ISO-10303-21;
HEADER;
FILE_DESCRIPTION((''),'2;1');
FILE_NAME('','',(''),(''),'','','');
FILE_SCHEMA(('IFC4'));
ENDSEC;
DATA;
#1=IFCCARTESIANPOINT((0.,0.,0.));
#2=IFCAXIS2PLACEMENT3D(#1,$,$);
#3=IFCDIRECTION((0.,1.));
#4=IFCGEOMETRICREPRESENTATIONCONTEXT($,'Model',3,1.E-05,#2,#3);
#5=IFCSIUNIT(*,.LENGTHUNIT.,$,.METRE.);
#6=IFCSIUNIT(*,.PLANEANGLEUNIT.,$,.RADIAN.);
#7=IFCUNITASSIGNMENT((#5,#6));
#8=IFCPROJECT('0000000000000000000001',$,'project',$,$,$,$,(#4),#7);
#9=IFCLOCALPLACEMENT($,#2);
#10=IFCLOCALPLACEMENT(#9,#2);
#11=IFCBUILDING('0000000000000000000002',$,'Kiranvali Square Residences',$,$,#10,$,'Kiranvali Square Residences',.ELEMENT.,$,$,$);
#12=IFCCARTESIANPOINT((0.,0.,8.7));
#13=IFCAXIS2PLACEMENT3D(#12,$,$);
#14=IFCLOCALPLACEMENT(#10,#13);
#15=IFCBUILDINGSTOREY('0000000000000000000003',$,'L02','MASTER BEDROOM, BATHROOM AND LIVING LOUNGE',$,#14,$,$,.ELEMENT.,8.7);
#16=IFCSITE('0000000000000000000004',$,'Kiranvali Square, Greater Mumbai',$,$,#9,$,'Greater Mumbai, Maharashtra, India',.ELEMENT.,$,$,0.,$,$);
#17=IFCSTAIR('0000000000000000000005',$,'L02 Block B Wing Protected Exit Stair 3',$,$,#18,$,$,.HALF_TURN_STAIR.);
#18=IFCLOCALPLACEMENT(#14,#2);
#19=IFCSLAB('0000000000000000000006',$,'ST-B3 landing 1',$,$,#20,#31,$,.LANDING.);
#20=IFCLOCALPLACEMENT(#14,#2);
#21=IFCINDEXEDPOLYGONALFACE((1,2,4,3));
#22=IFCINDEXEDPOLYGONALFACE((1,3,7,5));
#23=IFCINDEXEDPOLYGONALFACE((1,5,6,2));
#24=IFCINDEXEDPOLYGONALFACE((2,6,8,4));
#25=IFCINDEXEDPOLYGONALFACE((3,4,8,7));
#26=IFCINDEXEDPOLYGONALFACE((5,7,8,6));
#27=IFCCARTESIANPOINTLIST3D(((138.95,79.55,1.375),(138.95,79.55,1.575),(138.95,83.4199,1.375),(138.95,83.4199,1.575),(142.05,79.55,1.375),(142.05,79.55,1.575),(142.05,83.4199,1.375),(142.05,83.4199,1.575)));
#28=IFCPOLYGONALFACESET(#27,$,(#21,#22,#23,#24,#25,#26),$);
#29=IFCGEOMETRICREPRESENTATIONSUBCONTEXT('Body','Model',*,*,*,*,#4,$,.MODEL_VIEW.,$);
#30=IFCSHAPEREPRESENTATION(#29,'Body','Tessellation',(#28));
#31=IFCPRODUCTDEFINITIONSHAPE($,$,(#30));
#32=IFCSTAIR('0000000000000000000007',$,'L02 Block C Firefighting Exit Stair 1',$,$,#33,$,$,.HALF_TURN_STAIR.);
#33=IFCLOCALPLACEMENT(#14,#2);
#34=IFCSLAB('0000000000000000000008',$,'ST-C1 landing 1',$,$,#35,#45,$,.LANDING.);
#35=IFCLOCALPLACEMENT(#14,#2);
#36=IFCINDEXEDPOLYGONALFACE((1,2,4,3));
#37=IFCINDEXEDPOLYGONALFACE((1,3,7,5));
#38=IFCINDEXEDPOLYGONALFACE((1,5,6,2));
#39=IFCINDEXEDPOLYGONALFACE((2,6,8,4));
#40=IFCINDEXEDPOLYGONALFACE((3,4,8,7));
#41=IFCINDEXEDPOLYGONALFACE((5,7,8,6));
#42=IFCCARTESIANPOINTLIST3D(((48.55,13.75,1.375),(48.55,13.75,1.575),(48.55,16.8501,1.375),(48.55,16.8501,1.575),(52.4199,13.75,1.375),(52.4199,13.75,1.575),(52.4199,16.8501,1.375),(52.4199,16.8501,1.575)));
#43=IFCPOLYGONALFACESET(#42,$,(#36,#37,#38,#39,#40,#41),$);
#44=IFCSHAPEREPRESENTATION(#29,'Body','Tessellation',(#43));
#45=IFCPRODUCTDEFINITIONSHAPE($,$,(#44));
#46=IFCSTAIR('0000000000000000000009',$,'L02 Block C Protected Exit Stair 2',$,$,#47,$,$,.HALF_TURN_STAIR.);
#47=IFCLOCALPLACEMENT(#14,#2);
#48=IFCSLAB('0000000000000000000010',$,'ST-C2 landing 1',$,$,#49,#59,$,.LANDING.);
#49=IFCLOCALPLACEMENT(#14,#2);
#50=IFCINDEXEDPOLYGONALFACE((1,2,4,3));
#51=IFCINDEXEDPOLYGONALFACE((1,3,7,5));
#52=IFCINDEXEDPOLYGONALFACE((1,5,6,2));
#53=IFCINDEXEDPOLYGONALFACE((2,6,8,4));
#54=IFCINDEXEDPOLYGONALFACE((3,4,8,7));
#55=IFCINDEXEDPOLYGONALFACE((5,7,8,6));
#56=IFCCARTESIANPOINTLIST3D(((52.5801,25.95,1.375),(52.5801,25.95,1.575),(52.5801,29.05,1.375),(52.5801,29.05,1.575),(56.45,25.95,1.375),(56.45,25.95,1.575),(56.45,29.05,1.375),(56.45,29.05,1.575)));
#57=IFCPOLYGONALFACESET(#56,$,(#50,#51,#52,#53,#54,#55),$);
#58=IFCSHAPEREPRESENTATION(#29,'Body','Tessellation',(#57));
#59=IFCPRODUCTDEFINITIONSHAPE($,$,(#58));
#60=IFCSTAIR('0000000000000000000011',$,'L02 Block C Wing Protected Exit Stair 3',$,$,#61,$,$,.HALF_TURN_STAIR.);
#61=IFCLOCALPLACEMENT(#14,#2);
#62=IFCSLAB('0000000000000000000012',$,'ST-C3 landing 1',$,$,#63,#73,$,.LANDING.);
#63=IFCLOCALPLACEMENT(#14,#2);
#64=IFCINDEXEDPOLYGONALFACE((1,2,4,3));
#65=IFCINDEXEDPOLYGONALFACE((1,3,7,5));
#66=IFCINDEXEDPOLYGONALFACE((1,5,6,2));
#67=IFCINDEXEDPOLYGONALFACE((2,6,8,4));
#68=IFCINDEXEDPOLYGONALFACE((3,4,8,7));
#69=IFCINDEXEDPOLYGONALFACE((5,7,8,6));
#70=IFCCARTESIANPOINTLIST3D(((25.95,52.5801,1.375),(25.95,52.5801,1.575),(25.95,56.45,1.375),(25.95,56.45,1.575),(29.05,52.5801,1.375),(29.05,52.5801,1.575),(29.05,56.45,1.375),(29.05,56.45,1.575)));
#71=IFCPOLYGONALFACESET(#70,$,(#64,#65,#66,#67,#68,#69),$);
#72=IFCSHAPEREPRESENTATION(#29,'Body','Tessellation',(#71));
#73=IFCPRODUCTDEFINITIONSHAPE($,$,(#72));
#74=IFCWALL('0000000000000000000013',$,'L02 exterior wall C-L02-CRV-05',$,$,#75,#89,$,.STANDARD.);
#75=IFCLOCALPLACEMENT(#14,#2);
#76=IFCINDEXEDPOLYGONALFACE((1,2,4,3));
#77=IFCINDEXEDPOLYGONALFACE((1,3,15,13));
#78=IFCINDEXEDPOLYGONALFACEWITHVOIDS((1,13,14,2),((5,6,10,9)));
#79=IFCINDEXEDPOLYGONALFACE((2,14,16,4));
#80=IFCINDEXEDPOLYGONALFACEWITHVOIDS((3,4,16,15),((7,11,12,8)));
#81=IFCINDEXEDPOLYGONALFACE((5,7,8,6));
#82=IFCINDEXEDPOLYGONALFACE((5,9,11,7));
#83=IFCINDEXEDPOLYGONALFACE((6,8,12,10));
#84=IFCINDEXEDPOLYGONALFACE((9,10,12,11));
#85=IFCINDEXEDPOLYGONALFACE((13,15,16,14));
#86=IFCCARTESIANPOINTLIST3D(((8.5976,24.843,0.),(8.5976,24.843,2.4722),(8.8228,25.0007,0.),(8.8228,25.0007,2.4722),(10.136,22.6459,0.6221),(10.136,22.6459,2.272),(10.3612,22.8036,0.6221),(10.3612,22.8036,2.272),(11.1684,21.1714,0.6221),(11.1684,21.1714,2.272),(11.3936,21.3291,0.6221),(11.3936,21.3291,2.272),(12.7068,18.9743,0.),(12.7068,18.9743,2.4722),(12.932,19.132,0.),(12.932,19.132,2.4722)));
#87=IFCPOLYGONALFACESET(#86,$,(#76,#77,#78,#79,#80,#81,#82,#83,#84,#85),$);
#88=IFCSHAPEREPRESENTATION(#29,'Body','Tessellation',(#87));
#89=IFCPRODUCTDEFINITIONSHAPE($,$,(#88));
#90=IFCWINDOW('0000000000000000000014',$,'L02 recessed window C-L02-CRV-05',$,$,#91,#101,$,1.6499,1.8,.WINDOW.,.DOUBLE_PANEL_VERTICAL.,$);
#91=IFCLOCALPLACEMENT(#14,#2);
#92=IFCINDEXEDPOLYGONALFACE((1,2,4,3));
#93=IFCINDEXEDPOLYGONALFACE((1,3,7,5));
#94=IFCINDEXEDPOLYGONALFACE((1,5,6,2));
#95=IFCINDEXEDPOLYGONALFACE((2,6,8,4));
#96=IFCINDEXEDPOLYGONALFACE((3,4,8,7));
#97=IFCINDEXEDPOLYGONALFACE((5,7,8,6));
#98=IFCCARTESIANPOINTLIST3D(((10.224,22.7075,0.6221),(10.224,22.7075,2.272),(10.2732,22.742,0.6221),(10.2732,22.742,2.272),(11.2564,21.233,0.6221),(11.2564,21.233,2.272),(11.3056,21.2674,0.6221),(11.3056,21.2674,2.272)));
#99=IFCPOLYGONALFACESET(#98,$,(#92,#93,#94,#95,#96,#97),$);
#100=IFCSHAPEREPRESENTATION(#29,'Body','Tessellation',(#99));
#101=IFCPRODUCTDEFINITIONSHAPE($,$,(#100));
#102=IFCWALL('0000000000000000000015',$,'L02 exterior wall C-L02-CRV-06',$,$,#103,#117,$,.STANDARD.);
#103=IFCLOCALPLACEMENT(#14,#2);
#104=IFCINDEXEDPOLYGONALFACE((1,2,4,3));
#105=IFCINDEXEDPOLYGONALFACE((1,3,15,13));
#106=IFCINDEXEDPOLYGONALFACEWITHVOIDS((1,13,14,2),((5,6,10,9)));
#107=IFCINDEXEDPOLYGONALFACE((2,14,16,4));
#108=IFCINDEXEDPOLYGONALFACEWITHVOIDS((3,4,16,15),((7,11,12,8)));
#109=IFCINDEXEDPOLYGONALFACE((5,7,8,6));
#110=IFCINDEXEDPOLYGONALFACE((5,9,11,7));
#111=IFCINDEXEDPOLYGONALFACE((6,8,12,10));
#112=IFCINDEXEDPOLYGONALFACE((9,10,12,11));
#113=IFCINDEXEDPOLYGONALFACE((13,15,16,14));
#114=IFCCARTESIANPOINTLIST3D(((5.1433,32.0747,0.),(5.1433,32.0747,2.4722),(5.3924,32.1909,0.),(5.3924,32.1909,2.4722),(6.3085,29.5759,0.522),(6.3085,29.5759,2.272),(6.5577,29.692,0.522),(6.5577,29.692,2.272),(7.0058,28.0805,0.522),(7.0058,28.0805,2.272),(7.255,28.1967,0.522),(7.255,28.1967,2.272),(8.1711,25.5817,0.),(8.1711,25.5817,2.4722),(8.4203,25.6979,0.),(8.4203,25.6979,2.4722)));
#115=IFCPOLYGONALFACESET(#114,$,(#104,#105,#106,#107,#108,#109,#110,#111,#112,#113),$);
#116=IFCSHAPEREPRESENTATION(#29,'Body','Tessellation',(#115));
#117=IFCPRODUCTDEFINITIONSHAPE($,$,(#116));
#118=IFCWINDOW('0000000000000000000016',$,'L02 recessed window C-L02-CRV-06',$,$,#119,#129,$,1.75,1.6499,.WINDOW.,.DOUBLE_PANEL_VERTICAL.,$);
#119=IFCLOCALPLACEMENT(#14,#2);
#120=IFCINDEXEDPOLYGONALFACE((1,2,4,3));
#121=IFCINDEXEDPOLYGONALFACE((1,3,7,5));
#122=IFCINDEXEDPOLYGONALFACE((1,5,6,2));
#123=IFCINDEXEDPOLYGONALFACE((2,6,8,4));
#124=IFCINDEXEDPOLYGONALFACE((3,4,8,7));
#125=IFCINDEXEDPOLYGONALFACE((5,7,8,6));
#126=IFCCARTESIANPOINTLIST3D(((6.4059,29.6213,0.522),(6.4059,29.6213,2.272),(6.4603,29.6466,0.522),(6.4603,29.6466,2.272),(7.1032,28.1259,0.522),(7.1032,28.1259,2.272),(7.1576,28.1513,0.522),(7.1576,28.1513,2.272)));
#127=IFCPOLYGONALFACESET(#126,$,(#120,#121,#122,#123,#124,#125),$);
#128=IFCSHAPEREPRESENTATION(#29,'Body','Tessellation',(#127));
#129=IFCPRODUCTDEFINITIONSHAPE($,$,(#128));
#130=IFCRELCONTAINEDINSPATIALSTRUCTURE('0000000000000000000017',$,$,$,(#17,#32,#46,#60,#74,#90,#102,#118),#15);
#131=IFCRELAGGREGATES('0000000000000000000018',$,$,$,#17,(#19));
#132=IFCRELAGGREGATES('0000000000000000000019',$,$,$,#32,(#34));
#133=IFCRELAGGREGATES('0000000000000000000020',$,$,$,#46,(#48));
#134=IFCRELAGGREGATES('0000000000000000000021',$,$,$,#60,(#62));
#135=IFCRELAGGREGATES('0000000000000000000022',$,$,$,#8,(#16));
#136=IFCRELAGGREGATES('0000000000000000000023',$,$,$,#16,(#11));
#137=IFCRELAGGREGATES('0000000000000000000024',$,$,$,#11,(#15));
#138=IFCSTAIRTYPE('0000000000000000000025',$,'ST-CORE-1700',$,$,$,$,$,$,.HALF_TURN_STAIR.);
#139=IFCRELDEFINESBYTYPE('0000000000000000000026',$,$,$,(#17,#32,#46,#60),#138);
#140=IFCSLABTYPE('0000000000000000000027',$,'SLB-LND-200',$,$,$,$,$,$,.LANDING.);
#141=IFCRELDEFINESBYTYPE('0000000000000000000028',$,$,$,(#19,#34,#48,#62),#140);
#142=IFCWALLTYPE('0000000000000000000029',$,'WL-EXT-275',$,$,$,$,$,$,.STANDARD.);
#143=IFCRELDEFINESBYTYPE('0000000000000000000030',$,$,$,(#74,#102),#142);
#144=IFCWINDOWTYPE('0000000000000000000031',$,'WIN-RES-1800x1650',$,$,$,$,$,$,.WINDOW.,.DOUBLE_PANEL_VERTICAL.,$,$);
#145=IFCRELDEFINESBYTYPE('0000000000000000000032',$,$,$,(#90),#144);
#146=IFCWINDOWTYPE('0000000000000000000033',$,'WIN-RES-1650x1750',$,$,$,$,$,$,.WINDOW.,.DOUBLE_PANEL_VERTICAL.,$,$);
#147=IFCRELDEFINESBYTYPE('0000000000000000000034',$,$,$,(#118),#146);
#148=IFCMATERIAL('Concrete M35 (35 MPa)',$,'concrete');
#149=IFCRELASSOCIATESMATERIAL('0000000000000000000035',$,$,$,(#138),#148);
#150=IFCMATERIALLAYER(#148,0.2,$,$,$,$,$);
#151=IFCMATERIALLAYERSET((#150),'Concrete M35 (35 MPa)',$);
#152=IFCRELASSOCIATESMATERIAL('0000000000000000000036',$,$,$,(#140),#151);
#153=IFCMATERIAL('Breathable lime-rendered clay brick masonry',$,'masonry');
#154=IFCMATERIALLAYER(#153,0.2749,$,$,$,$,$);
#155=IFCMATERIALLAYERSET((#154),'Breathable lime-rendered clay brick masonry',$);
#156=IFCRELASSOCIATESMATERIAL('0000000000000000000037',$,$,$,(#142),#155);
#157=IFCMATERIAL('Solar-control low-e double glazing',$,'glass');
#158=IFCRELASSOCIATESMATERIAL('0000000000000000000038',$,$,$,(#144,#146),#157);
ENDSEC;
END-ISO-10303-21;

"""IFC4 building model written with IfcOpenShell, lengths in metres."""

from ifc_helpers import new_model, si_unit, direction, frame, frame_2d, origin, place, context, subcontext, project, spatial, polyline, rectangle, outline, extrude, material, layer, layer_set, type_object, element, fill, aggregate, save


model = new_model("IFC4")

# Units and contexts
model_context = context("Model", 3, precision=1e-05, world=origin(), true_north=direction((0.0, 1.0)))
body_context = subcontext(model_context, "Body", "Model", "MODEL_VIEW")
ifc_project = project(units=[si_unit("LENGTHUNIT", "METRE"), si_unit("PLANEANGLEUNIT", "RADIAN")], contexts=[model_context])

# Site, building, storey
site_placement = place(None, origin())
site = spatial("IfcSite", under=ifc_project, at=site_placement, Name="Kiranvali Square, Greater Mumbai", LongName="Greater Mumbai, Maharashtra, India", CompositionType="ELEMENT", RefElevation=0.0)
building_placement = place(site_placement, origin())
building = spatial("IfcBuilding", under=site, at=building_placement, Name="Kiranvali Square Residences", LongName="Kiranvali Square Residences", CompositionType="ELEMENT")
storey_placement = place(building_placement, frame((0.0, 0.0, 8.7)))
storey = spatial("IfcBuildingStorey", under=building, at=storey_placement, Name="L02", Description="MASTER BEDROOM, BATHROOM AND LIVING LOUNGE", CompositionType="ELEMENT", Elevation=8.7)

# Stairs, slabs
ifc_material_1 = material(Name="Concrete M35 (35 MPa)", Category="concrete")
stair_type = type_object("IfcStairType", Name="ST-CORE-1700", PredefinedType="HALF_TURN_STAIR", material=ifc_material_1)
stair_1_placement = place(storey_placement, origin())
stair_1 = element("IfcStair", 1, at=stair_1_placement, inside=storey, type_object=stair_type, Name="L02 Block B Wing Protected Exit Stair 3", PredefinedType="HALF_TURN_STAIR")
ifc_layer_1 = layer(ifc_material_1, 0.2)
ifc_layer_set_1 = layer_set([ifc_layer_1], Name="Concrete M35 (35 MPa)")
slab_type = type_object("IfcSlabType", Name="SLB-LND-200", PredefinedType="LANDING", material=ifc_layer_set_1)
slab_1_placement = place(storey_placement, frame((0.0, 0.0, 1.375)))
slab_1 = element("IfcSlab", 2, at=slab_1_placement, type_object=slab_type, Name="ST-B3 landing 1", PredefinedType="LANDING", context=body_context, shape_type="SweptSolid", body=[
    extrude(outline(polyline([(138.95, 83.4199), (138.95, 79.55), (142.05, 79.55), (142.05, 83.4199), (138.95, 83.4199)])), origin(), (0.0, 0.0, 1.0), 0.2),
])
aggregate(stair_1, [slab_1])
stair_2_placement = place(storey_placement, origin())
stair_2 = element("IfcStair", 3, at=stair_2_placement, inside=storey, type_object=stair_type, Name="L02 Block C Firefighting Exit Stair 1", PredefinedType="HALF_TURN_STAIR")
slab_2_placement = place(storey_placement, frame((0.0, 0.0, 1.375)))
slab_2 = element("IfcSlab", 4, at=slab_2_placement, type_object=slab_type, Name="ST-C1 landing 1", PredefinedType="LANDING", context=body_context, shape_type="SweptSolid", body=[
    extrude(outline(polyline([(52.4199, 16.8501), (48.55, 16.8501), (48.55, 13.75), (52.4199, 13.75), (52.4199, 16.8501)])), origin(), (0.0, 0.0, 1.0), 0.2),
])
aggregate(stair_2, [slab_2])
stair_3_placement = place(storey_placement, origin())
stair_3 = element("IfcStair", 5, at=stair_3_placement, inside=storey, type_object=stair_type, Name="L02 Block C Protected Exit Stair 2", PredefinedType="HALF_TURN_STAIR")
slab_3_placement = place(storey_placement, frame((0.0, 0.0, 1.375)))
slab_3 = element("IfcSlab", 6, at=slab_3_placement, type_object=slab_type, Name="ST-C2 landing 1", PredefinedType="LANDING", context=body_context, shape_type="SweptSolid", body=[
    extrude(outline(polyline([(52.5801, 25.95), (56.45, 25.95), (56.45, 29.05), (52.5801, 29.05), (52.5801, 25.95)])), origin(), (0.0, 0.0, 1.0), 0.2),
])
aggregate(stair_3, [slab_3])
stair_4_placement = place(storey_placement, origin())
stair_4 = element("IfcStair", 7, at=stair_4_placement, inside=storey, type_object=stair_type, Name="L02 Block C Wing Protected Exit Stair 3", PredefinedType="HALF_TURN_STAIR")
slab_4_placement = place(storey_placement, frame((0.0, 0.0, 1.375)))
slab_4 = element("IfcSlab", 8, at=slab_4_placement, type_object=slab_type, Name="ST-C3 landing 1", PredefinedType="LANDING", context=body_context, shape_type="SweptSolid", body=[
    extrude(outline(polyline([(29.05, 52.5801), (29.05, 56.45), (25.95, 56.45), (25.95, 52.5801), (29.05, 52.5801)])), origin(), (0.0, 0.0, 1.0), 0.2),
])
aggregate(stair_4, [slab_4])

# Shared definitions
ifc_material_2 = material(Name="Breathable lime-rendered clay brick masonry", Category="masonry")
ifc_layer_2 = layer(ifc_material_2, 0.2749)
ifc_layer_set_2 = layer_set([ifc_layer_2], Name="Breathable lime-rendered clay brick masonry")
wall_type = type_object("IfcWallType", Name="WL-EXT-275", PredefinedType="STANDARD", material=ifc_layer_set_2)
ifc_material_3 = material(Name="Solar-control low-e double glazing", Category="glass")

# Walls, openings, windows
wall_1_placement = place(storey_placement, frame((12.8193, 19.0532, 0.0), z_axis=(0.0, 0.0, 1.0), x_axis=(-0.573563, 0.819161, 0.0)))
wall_1 = element("IfcWall", 9, at=wall_1_placement, inside=storey, type_object=wall_type, Name="L02 exterior wall C-L02-CRV-05", PredefinedType="STANDARD", context=body_context, shape_type="SweptSolid", body=[
    extrude(rectangle(XDim=7.1643, YDim=0.2749, at=frame_2d((3.582, 0.0))), origin(), (0.0, 0.0, 1.0), 2.4722),
])
opening_1_placement = place(wall_1_placement, frame((2.6821, 0.0, 0.6221)))
opening_1 = element("IfcOpeningElement", 10, at=opening_1_placement, cuts=wall_1, PredefinedType="OPENING", context=body_context, shape_type="SweptSolid", body=[
    extrude(rectangle(XDim=1.8, YDim=1.6499, at=frame_2d((0.8999, 0.825))), frame((0.0, 0.1475, 0.0), z_axis=(0.0, -1.0, 0.0), x_axis=(1.0, 0.0, 0.0)), (0.0, 0.0, 1.0), 0.2949),
])
window_type_1 = type_object("IfcWindowType", Name="WIN-RES-1800x1650", PartitioningType="DOUBLE_PANEL_VERTICAL", PredefinedType="WINDOW", material=ifc_material_3)
window_1_placement = place(opening_1_placement, origin())
window_1 = element("IfcWindow", 11, at=window_1_placement, inside=storey, type_object=window_type_1, Name="L02 recessed window C-L02-CRV-05", OverallHeight=1.6499, OverallWidth=1.8, PartitioningType="DOUBLE_PANEL_VERTICAL", PredefinedType="WINDOW", context=body_context, shape_type="SweptSolid", body=[
    extrude(rectangle(XDim=1.8, YDim=1.6499, at=frame_2d((0.8999, 0.825))), frame((0.0, 0.03, 0.0), z_axis=(0.0, -1.0, 0.0), x_axis=(1.0, 0.0, 0.0)), (0.0, 0.0, 1.0), 0.0601),
])
fill(opening_1, window_1)
wall_2_placement = place(storey_placement, frame((8.2957, 25.6399, 0.0), z_axis=(0.0, 0.0, 1.0), x_axis=(-0.422634, 0.906301, 0.0)))
wall_2 = element("IfcWall", 12, at=wall_2_placement, inside=storey, type_object=wall_type, Name="L02 exterior wall C-L02-CRV-06", PredefinedType="STANDARD", context=body_context, shape_type="SweptSolid", body=[
    extrude(rectangle(XDim=7.1643, YDim=0.2749, at=frame_2d((3.582, 0.0))), origin(), (0.0, 0.0, 1.0), 2.4722),
])
opening_2_placement = place(wall_2_placement, frame((2.7571, 0.0, 0.522)))
opening_2 = element("IfcOpeningElement", 13, at=opening_2_placement, cuts=wall_2, PredefinedType="OPENING", context=body_context, shape_type="SweptSolid", body=[
    extrude(rectangle(XDim=1.6499, YDim=1.75, at=frame_2d((0.825, 0.875))), frame((0.0, 0.1475, 0.0), z_axis=(0.0, -1.0, 0.0), x_axis=(1.0, 0.0, 0.0)), (0.0, 0.0, 1.0), 0.2949),
])
window_type_2 = type_object("IfcWindowType", Name="WIN-RES-1650x1750", PartitioningType="DOUBLE_PANEL_VERTICAL", PredefinedType="WINDOW", material=ifc_material_3)
window_2_placement = place(opening_2_placement, origin())
window_2 = element("IfcWindow", 14, at=window_2_placement, inside=storey, type_object=window_type_2, Name="L02 recessed window C-L02-CRV-06", OverallHeight=1.75, OverallWidth=1.6499, PartitioningType="DOUBLE_PANEL_VERTICAL", PredefinedType="WINDOW", context=body_context, shape_type="SweptSolid", body=[
    extrude(rectangle(XDim=1.6499, YDim=1.75, at=frame_2d((0.825, 0.875))), frame((0.0, 0.03, 0.0), z_axis=(0.0, -1.0, 0.0), x_axis=(1.0, 0.0, 0.0)), (0.0, 0.0, 1.0), 0.0601),
])
fill(opening_2, window_2)

save(model, "model.ifc")
